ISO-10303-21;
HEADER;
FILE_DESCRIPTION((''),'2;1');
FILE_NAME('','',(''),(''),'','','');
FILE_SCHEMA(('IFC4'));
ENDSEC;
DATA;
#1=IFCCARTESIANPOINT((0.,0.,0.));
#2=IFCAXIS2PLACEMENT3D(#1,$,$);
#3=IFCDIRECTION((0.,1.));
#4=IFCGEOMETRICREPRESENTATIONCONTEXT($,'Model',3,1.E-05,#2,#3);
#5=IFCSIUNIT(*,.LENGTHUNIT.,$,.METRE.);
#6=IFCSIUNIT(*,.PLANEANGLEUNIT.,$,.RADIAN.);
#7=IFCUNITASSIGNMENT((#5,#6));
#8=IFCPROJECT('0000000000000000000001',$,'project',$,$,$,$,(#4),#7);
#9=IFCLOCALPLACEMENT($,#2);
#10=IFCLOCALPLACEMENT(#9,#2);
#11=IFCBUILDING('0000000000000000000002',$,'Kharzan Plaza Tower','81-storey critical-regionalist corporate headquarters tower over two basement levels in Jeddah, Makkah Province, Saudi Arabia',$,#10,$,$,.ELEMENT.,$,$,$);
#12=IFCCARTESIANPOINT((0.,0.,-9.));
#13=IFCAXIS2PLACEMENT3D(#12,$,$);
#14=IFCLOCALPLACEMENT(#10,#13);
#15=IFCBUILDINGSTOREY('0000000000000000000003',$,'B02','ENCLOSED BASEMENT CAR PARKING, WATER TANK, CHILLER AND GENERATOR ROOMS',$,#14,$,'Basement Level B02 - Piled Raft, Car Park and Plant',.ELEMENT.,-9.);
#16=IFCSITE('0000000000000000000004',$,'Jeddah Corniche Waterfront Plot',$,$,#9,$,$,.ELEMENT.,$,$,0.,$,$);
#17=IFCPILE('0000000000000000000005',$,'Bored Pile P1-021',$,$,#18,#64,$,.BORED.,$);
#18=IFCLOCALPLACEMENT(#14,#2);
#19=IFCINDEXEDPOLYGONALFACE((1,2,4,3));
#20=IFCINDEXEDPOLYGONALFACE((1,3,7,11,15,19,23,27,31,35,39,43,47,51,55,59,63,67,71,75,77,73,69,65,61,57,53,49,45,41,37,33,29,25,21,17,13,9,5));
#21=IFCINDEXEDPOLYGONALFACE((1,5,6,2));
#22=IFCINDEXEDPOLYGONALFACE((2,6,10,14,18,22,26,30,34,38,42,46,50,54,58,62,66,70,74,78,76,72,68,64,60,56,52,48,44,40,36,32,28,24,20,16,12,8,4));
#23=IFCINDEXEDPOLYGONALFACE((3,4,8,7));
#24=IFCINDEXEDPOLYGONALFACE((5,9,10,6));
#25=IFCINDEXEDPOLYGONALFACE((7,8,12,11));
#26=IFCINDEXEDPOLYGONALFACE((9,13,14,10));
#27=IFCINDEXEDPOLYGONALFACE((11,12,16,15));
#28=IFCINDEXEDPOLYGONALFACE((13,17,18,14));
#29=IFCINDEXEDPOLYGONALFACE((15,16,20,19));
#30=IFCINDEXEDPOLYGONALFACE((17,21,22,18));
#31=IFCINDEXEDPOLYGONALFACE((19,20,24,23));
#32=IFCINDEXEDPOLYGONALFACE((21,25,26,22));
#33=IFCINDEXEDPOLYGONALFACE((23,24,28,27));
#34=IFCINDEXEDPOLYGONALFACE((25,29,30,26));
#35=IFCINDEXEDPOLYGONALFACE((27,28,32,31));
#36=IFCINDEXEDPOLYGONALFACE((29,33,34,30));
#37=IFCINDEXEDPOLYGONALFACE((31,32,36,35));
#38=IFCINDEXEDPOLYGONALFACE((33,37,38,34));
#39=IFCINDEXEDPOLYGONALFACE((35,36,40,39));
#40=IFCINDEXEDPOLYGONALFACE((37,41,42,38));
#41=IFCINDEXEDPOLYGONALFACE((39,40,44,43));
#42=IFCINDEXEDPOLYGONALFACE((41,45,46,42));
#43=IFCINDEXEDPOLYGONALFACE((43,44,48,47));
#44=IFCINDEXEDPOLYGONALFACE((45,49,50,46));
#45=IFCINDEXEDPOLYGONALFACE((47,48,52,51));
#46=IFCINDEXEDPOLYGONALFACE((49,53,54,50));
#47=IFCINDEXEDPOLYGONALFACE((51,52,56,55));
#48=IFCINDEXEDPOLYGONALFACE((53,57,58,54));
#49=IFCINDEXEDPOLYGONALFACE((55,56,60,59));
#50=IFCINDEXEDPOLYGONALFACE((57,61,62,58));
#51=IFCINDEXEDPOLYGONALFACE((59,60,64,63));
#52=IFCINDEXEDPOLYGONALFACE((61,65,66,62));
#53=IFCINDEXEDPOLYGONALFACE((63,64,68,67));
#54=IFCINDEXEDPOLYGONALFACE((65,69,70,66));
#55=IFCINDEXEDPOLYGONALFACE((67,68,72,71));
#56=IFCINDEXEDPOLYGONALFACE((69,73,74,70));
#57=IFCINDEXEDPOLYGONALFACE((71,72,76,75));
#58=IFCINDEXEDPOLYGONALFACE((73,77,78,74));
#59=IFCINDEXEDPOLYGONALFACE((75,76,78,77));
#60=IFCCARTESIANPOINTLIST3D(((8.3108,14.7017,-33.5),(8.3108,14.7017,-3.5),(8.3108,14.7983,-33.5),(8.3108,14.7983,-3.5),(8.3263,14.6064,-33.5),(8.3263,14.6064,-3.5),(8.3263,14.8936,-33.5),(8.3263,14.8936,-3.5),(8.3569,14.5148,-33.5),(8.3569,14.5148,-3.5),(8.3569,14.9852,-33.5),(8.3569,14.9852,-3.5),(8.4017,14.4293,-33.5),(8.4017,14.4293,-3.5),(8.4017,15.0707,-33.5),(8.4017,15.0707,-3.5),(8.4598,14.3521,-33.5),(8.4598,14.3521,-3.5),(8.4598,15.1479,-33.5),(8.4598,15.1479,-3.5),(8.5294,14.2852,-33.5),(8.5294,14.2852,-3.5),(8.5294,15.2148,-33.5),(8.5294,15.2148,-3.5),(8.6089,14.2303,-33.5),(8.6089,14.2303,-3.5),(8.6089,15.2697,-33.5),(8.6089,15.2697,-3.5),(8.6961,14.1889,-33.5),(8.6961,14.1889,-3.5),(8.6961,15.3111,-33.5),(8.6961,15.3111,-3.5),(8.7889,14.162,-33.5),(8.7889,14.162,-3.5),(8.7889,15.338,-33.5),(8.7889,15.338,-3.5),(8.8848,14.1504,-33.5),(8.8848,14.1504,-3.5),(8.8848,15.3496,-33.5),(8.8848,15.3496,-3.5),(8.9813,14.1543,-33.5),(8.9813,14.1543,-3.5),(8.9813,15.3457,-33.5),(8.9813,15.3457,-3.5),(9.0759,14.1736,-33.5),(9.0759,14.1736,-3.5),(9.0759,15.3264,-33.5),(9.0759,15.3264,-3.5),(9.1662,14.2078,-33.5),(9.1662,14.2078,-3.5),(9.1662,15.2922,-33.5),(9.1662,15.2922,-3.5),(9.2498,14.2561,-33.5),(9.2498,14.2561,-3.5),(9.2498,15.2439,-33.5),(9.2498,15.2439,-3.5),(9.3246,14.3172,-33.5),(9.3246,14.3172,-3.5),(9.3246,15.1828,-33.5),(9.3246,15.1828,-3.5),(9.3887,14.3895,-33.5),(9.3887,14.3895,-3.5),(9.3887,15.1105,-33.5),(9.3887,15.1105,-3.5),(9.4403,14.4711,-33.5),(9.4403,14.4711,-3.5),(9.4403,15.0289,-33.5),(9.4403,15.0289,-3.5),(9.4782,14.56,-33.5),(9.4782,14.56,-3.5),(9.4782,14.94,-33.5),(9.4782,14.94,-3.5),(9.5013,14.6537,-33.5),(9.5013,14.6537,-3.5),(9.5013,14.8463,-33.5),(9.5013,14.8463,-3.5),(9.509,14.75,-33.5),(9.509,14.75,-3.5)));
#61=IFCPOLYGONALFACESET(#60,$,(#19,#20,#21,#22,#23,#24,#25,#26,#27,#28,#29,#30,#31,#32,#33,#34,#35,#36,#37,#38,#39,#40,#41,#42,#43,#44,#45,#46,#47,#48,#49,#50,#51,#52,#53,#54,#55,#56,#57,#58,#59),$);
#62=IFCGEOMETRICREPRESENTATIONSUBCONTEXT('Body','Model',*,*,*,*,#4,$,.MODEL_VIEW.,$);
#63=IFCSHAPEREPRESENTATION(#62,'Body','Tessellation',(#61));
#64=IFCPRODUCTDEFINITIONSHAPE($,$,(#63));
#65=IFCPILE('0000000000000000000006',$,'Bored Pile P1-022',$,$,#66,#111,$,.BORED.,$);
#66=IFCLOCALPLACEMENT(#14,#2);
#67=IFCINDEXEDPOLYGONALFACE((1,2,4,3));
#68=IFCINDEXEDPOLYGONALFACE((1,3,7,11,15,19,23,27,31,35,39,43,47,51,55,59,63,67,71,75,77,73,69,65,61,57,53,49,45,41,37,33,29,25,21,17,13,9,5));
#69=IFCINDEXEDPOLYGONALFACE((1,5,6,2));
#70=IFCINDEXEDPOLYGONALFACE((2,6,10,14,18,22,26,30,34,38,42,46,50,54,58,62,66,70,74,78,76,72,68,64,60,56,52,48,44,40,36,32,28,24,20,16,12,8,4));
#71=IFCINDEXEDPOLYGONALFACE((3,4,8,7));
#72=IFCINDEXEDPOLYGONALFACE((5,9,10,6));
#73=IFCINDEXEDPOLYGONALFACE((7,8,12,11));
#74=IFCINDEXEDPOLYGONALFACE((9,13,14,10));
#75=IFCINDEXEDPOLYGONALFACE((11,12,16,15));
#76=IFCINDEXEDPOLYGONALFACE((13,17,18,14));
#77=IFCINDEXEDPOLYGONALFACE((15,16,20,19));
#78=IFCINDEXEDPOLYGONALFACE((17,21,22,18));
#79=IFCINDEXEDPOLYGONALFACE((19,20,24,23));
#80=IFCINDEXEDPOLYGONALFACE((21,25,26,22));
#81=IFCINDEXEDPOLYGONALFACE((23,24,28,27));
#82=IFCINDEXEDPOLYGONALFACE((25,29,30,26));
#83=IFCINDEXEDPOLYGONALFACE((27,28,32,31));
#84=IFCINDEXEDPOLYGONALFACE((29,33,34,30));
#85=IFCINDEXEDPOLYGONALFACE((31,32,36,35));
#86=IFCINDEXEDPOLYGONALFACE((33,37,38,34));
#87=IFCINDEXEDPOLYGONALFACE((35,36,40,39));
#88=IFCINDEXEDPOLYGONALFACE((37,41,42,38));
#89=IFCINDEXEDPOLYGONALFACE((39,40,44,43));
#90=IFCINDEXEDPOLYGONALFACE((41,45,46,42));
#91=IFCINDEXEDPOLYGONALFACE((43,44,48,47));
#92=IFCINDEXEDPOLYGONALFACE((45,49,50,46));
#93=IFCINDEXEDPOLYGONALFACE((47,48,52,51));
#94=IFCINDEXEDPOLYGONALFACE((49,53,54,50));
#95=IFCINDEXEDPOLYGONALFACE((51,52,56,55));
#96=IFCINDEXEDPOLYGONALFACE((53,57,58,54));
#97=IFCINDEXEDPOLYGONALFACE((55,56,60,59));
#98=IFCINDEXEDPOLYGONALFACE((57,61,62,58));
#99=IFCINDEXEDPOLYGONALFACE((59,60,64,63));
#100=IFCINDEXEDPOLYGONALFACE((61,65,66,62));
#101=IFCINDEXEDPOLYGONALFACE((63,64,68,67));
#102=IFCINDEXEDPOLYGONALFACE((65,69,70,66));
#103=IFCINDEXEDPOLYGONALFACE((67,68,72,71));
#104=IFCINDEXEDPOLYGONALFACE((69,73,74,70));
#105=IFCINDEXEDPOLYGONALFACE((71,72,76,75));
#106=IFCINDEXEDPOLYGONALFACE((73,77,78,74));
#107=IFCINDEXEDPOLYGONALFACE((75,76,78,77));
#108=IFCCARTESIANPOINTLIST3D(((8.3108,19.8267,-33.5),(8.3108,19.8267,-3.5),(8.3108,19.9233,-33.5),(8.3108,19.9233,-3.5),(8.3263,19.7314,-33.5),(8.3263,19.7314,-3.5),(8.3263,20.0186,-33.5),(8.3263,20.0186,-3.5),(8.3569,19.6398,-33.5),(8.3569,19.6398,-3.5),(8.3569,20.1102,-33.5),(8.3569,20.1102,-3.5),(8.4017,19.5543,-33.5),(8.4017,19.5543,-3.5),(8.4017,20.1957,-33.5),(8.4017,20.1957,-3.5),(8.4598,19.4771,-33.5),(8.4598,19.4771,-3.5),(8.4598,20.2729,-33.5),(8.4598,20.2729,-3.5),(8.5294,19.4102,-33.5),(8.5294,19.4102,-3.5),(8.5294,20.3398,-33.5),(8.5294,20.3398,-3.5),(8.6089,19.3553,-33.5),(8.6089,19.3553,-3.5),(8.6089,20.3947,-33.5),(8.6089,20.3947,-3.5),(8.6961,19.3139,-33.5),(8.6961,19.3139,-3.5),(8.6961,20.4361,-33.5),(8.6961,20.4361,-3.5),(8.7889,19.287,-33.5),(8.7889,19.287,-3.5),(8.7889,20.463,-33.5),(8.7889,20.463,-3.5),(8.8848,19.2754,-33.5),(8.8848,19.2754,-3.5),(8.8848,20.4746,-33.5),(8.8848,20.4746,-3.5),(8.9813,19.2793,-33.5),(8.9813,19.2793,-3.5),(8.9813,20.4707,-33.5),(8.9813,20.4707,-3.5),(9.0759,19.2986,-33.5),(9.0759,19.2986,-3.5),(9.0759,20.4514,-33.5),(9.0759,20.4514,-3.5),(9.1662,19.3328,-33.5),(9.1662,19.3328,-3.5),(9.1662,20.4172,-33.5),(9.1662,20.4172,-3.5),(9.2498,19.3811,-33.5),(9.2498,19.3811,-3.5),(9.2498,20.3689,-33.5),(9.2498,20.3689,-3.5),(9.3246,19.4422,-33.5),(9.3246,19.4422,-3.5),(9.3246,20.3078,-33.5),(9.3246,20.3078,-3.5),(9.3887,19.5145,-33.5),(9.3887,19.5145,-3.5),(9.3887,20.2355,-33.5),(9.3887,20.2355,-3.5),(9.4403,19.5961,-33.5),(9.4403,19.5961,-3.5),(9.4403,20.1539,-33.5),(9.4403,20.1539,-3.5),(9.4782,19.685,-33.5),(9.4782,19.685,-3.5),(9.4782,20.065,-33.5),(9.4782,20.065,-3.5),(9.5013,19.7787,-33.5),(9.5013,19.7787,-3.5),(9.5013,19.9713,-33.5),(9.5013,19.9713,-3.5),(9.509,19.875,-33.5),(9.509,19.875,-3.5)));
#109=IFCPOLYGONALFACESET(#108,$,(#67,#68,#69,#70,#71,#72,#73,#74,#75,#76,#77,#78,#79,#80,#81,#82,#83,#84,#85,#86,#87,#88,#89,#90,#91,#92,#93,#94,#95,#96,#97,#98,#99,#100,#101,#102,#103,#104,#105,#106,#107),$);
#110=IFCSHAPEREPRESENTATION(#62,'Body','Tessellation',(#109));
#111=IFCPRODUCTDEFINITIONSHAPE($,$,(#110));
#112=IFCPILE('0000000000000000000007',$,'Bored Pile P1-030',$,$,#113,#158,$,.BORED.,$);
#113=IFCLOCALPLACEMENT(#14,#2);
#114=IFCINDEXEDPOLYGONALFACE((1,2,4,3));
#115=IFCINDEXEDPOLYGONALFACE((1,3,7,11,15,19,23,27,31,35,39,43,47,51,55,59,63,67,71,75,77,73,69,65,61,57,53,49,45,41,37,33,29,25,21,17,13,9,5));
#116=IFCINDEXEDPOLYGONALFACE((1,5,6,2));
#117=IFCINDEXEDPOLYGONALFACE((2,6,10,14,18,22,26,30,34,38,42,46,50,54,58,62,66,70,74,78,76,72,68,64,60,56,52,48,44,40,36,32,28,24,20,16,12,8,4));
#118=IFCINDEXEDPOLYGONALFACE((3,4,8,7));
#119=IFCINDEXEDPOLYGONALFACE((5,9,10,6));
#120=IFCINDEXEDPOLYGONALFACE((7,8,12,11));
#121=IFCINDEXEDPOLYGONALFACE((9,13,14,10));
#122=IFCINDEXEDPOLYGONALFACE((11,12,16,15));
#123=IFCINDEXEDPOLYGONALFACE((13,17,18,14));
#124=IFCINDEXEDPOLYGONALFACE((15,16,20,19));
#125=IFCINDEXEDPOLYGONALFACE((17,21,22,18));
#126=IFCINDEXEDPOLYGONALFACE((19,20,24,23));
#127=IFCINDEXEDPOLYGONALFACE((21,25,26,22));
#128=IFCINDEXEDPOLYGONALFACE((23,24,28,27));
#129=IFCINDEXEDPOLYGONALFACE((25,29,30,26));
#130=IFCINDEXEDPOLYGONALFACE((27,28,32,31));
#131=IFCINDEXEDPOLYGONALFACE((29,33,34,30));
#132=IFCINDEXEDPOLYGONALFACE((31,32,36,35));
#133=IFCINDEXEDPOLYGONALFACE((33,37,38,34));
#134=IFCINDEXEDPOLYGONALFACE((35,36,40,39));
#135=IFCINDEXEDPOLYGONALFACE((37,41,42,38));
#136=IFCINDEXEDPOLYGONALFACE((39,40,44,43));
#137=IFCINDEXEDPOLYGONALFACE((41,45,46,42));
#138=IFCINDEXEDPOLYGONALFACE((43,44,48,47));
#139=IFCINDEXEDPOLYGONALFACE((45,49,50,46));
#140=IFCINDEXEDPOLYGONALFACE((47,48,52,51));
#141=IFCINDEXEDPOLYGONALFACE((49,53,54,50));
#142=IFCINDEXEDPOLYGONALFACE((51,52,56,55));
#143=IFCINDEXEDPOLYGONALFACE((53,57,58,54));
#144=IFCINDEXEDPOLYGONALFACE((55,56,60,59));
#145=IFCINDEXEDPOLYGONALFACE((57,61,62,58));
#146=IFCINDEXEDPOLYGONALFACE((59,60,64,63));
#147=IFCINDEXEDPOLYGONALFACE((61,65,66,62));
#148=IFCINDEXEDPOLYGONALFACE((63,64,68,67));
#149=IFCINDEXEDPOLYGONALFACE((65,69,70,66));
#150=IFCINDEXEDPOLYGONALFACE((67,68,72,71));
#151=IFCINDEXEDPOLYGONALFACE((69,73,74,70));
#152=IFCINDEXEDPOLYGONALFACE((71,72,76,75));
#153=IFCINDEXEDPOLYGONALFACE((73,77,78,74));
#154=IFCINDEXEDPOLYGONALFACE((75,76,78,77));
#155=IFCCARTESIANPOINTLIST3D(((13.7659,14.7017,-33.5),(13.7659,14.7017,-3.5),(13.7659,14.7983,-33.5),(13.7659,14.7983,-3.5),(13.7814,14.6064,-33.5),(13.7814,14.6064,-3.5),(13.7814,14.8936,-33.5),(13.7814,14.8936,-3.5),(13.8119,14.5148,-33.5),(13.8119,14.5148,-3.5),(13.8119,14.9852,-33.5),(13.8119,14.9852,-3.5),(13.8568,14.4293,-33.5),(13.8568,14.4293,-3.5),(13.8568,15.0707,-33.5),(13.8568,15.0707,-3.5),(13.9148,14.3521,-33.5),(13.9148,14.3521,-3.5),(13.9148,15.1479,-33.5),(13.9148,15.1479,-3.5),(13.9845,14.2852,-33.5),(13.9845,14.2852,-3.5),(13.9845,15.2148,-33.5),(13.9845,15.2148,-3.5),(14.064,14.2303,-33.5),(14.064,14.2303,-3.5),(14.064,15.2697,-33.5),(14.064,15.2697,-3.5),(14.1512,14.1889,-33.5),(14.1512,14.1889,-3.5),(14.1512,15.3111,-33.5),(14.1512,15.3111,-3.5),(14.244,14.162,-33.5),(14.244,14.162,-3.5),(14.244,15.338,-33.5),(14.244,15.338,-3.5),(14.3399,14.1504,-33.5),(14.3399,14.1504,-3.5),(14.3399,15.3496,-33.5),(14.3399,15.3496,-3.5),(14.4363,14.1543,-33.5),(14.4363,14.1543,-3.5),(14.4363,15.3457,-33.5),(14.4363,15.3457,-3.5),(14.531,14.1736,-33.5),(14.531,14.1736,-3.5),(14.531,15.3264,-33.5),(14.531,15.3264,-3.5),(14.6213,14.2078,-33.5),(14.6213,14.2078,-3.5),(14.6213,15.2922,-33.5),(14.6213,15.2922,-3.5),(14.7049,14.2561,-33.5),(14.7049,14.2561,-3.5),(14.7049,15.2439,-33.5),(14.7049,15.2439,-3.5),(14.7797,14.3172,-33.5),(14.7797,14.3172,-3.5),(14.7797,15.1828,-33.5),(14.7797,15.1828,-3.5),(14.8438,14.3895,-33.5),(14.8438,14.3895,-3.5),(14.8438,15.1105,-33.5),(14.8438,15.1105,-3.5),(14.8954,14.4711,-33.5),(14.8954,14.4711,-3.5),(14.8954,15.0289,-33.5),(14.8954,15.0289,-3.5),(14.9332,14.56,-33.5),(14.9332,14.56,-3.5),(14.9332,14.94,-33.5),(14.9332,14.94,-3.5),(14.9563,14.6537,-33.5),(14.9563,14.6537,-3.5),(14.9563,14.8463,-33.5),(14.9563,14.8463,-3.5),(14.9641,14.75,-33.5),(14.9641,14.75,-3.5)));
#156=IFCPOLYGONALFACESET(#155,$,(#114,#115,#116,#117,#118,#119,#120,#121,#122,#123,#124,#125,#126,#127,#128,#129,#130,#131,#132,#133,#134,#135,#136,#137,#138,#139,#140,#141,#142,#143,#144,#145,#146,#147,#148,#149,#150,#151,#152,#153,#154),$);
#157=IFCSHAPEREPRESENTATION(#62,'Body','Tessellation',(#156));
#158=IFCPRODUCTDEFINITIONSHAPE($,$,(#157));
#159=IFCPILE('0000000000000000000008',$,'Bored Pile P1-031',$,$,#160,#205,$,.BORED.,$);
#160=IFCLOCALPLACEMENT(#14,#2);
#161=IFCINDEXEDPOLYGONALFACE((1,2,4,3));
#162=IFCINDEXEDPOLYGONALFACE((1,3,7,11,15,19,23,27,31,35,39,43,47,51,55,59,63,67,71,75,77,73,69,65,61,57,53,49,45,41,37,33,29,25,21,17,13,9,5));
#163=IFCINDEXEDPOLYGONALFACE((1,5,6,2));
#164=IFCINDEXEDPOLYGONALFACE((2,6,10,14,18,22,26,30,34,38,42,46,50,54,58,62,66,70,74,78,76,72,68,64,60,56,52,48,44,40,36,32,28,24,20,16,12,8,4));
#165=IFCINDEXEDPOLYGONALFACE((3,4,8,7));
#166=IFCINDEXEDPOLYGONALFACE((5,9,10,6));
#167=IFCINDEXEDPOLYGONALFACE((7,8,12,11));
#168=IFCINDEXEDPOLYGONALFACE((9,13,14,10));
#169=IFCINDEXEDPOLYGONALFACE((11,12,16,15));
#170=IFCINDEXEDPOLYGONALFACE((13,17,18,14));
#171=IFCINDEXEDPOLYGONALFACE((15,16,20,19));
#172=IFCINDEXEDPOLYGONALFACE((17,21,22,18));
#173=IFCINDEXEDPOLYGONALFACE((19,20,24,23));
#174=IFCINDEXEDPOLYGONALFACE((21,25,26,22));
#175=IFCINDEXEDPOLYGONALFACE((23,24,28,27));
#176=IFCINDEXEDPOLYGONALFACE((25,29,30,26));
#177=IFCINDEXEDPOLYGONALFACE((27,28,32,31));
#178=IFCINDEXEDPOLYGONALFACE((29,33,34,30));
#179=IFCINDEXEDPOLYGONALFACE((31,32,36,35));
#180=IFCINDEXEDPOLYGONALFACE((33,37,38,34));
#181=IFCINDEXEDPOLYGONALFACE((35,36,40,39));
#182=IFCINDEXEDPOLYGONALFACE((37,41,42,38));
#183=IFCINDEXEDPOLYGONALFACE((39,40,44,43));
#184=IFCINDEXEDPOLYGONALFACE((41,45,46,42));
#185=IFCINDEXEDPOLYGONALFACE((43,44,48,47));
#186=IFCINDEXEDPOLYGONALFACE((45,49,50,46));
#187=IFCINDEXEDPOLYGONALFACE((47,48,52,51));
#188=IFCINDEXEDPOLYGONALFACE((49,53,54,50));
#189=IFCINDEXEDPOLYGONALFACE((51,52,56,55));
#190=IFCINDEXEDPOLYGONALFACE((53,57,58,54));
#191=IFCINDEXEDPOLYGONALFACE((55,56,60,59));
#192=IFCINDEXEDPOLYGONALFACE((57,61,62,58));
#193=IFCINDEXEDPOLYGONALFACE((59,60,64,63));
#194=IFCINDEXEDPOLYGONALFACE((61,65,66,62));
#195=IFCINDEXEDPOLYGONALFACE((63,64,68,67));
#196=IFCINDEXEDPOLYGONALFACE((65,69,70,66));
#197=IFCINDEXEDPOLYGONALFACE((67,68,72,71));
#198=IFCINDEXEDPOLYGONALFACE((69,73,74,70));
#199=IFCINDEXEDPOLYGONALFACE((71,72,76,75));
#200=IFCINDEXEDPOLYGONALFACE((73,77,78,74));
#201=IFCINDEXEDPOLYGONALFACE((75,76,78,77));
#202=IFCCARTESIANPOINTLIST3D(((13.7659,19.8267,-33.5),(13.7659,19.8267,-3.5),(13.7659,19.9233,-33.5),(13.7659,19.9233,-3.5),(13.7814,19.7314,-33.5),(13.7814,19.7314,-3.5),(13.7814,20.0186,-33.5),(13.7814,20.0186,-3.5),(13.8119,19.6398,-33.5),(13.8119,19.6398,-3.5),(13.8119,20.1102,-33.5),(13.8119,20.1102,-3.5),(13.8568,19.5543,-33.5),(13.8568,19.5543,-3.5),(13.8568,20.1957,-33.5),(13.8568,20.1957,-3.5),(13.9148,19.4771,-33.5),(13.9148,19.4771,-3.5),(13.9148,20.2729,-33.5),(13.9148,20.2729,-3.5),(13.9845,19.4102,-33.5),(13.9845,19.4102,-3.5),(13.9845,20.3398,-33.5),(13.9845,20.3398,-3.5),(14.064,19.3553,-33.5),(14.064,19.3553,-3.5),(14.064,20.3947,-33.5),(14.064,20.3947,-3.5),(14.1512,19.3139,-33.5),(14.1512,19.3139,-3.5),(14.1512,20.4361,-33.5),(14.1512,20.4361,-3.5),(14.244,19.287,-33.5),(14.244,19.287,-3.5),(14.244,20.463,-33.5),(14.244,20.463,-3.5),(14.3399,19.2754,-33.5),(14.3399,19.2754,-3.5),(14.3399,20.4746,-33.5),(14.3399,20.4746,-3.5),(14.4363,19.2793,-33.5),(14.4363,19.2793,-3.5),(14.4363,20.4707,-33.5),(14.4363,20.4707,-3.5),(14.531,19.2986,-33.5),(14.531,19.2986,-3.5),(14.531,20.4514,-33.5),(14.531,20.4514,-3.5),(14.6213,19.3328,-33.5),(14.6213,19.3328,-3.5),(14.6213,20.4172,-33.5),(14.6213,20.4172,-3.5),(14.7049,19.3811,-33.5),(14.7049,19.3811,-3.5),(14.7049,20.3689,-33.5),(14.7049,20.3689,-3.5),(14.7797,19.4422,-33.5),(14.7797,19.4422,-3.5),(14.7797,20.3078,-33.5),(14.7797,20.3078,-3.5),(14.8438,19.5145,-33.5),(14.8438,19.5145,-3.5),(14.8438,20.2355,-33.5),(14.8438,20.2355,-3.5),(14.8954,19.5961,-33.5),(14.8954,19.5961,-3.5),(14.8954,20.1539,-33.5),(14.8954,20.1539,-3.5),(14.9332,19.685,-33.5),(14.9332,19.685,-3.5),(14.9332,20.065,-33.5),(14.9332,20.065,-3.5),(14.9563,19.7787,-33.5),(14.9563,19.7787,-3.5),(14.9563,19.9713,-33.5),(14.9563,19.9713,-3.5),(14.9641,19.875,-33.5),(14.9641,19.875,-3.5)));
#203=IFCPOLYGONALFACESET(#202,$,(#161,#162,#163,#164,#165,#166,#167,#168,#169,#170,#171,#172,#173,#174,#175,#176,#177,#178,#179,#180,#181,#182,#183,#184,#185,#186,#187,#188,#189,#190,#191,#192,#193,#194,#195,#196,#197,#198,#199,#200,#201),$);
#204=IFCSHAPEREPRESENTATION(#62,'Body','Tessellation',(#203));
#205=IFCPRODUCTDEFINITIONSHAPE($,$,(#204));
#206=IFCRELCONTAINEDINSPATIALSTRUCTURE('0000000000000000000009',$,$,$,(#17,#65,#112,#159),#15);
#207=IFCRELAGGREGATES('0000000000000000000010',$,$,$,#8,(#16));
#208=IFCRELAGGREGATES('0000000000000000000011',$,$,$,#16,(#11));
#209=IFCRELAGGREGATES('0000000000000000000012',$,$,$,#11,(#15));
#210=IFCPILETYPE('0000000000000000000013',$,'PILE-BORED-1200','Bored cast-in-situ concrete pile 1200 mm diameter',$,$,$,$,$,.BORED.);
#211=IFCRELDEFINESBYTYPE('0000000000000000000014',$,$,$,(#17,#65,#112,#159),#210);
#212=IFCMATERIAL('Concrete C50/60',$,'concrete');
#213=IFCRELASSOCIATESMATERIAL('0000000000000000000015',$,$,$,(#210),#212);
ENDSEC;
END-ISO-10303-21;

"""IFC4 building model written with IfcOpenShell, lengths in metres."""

from ifc_helpers import new_model, si_unit, direction, frame, origin, origin_2d, place, context, subcontext, project, spatial, circle, extrude, source, transform, mapped, material, material_profile, profile_set, type_object, element, save


model = new_model("IFC4")

# Units and contexts
model_context = context("Model", 3, precision=1e-05, world=origin(), true_north=direction((0.0, 1.0)))
body_context = subcontext(model_context, "Body", "Model", "MODEL_VIEW")
ifc_project = project(units=[si_unit("LENGTHUNIT", "METRE"), si_unit("PLANEANGLEUNIT", "RADIAN")], contexts=[model_context])

# Site, building, storey
site_placement = place(None, origin())
site = spatial("IfcSite", under=ifc_project, at=site_placement, Name="Jeddah Corniche Waterfront Plot", CompositionType="ELEMENT", RefElevation=0.0)
building_placement = place(site_placement, origin())
building = spatial("IfcBuilding", under=site, at=building_placement, Name="Kharzan Plaza Tower", Description="81-storey critical-regionalist corporate headquarters tower over two basement levels in Jeddah, Makkah Province, Saudi Arabia", CompositionType="ELEMENT")
storey_placement = place(building_placement, frame((0.0, 0.0, -9.0)))
storey = spatial("IfcBuildingStorey", under=building, at=storey_placement, Name="B02", Description="ENCLOSED BASEMENT CAR PARKING, WATER TANK, CHILLER AND GENERATOR ROOMS", LongName="Basement Level B02 - Piled Raft, Car Park and Plant", CompositionType="ELEMENT", Elevation=-9.0)

# Piles
ifc_material_1 = material(Name="Concrete C50/60", Category="concrete")
ifc_material_profile_1 = material_profile(ifc_material_1, circle(Radius=0.6001, at=origin_2d()), Name="PILE-D1200")
ifc_profile_set_1 = profile_set([ifc_material_profile_1], Name="Concrete C50/60")
pile_type = type_object("IfcPileType", Name="PILE-BORED-1200", Description="Bored cast-in-situ concrete pile 1200 mm diameter", PredefinedType="BORED", material=ifc_profile_set_1)
shared_shape_1 = source(origin(), body_context, "Body", "SweptSolid", [
    extrude(circle(Radius=0.6001, at=origin_2d()), origin(), (0.0, 0.0, 1.0), 30.0),
])
for number, where, z_axis, x_axis, name in (
    (1, (8.9089, 14.75, -3.5), (0.0, 0.0, -1.0), (1.0, 0.0, 0.0), "Bored Pile P1-021"),
    (2, (8.9089, 19.875, -3.5), (0.0, 0.0, -1.0), (1.0, 0.0, 0.0), "Bored Pile P1-022"),
    (3, (14.364, 14.75, -3.5), (0.0, 0.0, -1.0), (1.0, 0.0, 0.0), "Bored Pile P1-030"),
    (4, (14.364, 19.875, -3.5), (0.0, 0.0, -1.0), (1.0, 0.0, 0.0), "Bored Pile P1-031"),
):
    element("IfcPile", number, at=place(storey_placement, frame(where, z_axis=z_axis, x_axis=x_axis)), inside=storey, type_object=pile_type, Name=name, PredefinedType="BORED", context=body_context, shape_type="MappedRepresentation", body=[
        mapped(shared_shape_1, transform((0.0, 0.0, 0.0), x_axis=(1.0, 0.0, 0.0), y_axis=(0.0, 1.0, 0.0), z_axis=(0.0, 0.0, 1.0))),
    ])

save(model, "model.ifc")
